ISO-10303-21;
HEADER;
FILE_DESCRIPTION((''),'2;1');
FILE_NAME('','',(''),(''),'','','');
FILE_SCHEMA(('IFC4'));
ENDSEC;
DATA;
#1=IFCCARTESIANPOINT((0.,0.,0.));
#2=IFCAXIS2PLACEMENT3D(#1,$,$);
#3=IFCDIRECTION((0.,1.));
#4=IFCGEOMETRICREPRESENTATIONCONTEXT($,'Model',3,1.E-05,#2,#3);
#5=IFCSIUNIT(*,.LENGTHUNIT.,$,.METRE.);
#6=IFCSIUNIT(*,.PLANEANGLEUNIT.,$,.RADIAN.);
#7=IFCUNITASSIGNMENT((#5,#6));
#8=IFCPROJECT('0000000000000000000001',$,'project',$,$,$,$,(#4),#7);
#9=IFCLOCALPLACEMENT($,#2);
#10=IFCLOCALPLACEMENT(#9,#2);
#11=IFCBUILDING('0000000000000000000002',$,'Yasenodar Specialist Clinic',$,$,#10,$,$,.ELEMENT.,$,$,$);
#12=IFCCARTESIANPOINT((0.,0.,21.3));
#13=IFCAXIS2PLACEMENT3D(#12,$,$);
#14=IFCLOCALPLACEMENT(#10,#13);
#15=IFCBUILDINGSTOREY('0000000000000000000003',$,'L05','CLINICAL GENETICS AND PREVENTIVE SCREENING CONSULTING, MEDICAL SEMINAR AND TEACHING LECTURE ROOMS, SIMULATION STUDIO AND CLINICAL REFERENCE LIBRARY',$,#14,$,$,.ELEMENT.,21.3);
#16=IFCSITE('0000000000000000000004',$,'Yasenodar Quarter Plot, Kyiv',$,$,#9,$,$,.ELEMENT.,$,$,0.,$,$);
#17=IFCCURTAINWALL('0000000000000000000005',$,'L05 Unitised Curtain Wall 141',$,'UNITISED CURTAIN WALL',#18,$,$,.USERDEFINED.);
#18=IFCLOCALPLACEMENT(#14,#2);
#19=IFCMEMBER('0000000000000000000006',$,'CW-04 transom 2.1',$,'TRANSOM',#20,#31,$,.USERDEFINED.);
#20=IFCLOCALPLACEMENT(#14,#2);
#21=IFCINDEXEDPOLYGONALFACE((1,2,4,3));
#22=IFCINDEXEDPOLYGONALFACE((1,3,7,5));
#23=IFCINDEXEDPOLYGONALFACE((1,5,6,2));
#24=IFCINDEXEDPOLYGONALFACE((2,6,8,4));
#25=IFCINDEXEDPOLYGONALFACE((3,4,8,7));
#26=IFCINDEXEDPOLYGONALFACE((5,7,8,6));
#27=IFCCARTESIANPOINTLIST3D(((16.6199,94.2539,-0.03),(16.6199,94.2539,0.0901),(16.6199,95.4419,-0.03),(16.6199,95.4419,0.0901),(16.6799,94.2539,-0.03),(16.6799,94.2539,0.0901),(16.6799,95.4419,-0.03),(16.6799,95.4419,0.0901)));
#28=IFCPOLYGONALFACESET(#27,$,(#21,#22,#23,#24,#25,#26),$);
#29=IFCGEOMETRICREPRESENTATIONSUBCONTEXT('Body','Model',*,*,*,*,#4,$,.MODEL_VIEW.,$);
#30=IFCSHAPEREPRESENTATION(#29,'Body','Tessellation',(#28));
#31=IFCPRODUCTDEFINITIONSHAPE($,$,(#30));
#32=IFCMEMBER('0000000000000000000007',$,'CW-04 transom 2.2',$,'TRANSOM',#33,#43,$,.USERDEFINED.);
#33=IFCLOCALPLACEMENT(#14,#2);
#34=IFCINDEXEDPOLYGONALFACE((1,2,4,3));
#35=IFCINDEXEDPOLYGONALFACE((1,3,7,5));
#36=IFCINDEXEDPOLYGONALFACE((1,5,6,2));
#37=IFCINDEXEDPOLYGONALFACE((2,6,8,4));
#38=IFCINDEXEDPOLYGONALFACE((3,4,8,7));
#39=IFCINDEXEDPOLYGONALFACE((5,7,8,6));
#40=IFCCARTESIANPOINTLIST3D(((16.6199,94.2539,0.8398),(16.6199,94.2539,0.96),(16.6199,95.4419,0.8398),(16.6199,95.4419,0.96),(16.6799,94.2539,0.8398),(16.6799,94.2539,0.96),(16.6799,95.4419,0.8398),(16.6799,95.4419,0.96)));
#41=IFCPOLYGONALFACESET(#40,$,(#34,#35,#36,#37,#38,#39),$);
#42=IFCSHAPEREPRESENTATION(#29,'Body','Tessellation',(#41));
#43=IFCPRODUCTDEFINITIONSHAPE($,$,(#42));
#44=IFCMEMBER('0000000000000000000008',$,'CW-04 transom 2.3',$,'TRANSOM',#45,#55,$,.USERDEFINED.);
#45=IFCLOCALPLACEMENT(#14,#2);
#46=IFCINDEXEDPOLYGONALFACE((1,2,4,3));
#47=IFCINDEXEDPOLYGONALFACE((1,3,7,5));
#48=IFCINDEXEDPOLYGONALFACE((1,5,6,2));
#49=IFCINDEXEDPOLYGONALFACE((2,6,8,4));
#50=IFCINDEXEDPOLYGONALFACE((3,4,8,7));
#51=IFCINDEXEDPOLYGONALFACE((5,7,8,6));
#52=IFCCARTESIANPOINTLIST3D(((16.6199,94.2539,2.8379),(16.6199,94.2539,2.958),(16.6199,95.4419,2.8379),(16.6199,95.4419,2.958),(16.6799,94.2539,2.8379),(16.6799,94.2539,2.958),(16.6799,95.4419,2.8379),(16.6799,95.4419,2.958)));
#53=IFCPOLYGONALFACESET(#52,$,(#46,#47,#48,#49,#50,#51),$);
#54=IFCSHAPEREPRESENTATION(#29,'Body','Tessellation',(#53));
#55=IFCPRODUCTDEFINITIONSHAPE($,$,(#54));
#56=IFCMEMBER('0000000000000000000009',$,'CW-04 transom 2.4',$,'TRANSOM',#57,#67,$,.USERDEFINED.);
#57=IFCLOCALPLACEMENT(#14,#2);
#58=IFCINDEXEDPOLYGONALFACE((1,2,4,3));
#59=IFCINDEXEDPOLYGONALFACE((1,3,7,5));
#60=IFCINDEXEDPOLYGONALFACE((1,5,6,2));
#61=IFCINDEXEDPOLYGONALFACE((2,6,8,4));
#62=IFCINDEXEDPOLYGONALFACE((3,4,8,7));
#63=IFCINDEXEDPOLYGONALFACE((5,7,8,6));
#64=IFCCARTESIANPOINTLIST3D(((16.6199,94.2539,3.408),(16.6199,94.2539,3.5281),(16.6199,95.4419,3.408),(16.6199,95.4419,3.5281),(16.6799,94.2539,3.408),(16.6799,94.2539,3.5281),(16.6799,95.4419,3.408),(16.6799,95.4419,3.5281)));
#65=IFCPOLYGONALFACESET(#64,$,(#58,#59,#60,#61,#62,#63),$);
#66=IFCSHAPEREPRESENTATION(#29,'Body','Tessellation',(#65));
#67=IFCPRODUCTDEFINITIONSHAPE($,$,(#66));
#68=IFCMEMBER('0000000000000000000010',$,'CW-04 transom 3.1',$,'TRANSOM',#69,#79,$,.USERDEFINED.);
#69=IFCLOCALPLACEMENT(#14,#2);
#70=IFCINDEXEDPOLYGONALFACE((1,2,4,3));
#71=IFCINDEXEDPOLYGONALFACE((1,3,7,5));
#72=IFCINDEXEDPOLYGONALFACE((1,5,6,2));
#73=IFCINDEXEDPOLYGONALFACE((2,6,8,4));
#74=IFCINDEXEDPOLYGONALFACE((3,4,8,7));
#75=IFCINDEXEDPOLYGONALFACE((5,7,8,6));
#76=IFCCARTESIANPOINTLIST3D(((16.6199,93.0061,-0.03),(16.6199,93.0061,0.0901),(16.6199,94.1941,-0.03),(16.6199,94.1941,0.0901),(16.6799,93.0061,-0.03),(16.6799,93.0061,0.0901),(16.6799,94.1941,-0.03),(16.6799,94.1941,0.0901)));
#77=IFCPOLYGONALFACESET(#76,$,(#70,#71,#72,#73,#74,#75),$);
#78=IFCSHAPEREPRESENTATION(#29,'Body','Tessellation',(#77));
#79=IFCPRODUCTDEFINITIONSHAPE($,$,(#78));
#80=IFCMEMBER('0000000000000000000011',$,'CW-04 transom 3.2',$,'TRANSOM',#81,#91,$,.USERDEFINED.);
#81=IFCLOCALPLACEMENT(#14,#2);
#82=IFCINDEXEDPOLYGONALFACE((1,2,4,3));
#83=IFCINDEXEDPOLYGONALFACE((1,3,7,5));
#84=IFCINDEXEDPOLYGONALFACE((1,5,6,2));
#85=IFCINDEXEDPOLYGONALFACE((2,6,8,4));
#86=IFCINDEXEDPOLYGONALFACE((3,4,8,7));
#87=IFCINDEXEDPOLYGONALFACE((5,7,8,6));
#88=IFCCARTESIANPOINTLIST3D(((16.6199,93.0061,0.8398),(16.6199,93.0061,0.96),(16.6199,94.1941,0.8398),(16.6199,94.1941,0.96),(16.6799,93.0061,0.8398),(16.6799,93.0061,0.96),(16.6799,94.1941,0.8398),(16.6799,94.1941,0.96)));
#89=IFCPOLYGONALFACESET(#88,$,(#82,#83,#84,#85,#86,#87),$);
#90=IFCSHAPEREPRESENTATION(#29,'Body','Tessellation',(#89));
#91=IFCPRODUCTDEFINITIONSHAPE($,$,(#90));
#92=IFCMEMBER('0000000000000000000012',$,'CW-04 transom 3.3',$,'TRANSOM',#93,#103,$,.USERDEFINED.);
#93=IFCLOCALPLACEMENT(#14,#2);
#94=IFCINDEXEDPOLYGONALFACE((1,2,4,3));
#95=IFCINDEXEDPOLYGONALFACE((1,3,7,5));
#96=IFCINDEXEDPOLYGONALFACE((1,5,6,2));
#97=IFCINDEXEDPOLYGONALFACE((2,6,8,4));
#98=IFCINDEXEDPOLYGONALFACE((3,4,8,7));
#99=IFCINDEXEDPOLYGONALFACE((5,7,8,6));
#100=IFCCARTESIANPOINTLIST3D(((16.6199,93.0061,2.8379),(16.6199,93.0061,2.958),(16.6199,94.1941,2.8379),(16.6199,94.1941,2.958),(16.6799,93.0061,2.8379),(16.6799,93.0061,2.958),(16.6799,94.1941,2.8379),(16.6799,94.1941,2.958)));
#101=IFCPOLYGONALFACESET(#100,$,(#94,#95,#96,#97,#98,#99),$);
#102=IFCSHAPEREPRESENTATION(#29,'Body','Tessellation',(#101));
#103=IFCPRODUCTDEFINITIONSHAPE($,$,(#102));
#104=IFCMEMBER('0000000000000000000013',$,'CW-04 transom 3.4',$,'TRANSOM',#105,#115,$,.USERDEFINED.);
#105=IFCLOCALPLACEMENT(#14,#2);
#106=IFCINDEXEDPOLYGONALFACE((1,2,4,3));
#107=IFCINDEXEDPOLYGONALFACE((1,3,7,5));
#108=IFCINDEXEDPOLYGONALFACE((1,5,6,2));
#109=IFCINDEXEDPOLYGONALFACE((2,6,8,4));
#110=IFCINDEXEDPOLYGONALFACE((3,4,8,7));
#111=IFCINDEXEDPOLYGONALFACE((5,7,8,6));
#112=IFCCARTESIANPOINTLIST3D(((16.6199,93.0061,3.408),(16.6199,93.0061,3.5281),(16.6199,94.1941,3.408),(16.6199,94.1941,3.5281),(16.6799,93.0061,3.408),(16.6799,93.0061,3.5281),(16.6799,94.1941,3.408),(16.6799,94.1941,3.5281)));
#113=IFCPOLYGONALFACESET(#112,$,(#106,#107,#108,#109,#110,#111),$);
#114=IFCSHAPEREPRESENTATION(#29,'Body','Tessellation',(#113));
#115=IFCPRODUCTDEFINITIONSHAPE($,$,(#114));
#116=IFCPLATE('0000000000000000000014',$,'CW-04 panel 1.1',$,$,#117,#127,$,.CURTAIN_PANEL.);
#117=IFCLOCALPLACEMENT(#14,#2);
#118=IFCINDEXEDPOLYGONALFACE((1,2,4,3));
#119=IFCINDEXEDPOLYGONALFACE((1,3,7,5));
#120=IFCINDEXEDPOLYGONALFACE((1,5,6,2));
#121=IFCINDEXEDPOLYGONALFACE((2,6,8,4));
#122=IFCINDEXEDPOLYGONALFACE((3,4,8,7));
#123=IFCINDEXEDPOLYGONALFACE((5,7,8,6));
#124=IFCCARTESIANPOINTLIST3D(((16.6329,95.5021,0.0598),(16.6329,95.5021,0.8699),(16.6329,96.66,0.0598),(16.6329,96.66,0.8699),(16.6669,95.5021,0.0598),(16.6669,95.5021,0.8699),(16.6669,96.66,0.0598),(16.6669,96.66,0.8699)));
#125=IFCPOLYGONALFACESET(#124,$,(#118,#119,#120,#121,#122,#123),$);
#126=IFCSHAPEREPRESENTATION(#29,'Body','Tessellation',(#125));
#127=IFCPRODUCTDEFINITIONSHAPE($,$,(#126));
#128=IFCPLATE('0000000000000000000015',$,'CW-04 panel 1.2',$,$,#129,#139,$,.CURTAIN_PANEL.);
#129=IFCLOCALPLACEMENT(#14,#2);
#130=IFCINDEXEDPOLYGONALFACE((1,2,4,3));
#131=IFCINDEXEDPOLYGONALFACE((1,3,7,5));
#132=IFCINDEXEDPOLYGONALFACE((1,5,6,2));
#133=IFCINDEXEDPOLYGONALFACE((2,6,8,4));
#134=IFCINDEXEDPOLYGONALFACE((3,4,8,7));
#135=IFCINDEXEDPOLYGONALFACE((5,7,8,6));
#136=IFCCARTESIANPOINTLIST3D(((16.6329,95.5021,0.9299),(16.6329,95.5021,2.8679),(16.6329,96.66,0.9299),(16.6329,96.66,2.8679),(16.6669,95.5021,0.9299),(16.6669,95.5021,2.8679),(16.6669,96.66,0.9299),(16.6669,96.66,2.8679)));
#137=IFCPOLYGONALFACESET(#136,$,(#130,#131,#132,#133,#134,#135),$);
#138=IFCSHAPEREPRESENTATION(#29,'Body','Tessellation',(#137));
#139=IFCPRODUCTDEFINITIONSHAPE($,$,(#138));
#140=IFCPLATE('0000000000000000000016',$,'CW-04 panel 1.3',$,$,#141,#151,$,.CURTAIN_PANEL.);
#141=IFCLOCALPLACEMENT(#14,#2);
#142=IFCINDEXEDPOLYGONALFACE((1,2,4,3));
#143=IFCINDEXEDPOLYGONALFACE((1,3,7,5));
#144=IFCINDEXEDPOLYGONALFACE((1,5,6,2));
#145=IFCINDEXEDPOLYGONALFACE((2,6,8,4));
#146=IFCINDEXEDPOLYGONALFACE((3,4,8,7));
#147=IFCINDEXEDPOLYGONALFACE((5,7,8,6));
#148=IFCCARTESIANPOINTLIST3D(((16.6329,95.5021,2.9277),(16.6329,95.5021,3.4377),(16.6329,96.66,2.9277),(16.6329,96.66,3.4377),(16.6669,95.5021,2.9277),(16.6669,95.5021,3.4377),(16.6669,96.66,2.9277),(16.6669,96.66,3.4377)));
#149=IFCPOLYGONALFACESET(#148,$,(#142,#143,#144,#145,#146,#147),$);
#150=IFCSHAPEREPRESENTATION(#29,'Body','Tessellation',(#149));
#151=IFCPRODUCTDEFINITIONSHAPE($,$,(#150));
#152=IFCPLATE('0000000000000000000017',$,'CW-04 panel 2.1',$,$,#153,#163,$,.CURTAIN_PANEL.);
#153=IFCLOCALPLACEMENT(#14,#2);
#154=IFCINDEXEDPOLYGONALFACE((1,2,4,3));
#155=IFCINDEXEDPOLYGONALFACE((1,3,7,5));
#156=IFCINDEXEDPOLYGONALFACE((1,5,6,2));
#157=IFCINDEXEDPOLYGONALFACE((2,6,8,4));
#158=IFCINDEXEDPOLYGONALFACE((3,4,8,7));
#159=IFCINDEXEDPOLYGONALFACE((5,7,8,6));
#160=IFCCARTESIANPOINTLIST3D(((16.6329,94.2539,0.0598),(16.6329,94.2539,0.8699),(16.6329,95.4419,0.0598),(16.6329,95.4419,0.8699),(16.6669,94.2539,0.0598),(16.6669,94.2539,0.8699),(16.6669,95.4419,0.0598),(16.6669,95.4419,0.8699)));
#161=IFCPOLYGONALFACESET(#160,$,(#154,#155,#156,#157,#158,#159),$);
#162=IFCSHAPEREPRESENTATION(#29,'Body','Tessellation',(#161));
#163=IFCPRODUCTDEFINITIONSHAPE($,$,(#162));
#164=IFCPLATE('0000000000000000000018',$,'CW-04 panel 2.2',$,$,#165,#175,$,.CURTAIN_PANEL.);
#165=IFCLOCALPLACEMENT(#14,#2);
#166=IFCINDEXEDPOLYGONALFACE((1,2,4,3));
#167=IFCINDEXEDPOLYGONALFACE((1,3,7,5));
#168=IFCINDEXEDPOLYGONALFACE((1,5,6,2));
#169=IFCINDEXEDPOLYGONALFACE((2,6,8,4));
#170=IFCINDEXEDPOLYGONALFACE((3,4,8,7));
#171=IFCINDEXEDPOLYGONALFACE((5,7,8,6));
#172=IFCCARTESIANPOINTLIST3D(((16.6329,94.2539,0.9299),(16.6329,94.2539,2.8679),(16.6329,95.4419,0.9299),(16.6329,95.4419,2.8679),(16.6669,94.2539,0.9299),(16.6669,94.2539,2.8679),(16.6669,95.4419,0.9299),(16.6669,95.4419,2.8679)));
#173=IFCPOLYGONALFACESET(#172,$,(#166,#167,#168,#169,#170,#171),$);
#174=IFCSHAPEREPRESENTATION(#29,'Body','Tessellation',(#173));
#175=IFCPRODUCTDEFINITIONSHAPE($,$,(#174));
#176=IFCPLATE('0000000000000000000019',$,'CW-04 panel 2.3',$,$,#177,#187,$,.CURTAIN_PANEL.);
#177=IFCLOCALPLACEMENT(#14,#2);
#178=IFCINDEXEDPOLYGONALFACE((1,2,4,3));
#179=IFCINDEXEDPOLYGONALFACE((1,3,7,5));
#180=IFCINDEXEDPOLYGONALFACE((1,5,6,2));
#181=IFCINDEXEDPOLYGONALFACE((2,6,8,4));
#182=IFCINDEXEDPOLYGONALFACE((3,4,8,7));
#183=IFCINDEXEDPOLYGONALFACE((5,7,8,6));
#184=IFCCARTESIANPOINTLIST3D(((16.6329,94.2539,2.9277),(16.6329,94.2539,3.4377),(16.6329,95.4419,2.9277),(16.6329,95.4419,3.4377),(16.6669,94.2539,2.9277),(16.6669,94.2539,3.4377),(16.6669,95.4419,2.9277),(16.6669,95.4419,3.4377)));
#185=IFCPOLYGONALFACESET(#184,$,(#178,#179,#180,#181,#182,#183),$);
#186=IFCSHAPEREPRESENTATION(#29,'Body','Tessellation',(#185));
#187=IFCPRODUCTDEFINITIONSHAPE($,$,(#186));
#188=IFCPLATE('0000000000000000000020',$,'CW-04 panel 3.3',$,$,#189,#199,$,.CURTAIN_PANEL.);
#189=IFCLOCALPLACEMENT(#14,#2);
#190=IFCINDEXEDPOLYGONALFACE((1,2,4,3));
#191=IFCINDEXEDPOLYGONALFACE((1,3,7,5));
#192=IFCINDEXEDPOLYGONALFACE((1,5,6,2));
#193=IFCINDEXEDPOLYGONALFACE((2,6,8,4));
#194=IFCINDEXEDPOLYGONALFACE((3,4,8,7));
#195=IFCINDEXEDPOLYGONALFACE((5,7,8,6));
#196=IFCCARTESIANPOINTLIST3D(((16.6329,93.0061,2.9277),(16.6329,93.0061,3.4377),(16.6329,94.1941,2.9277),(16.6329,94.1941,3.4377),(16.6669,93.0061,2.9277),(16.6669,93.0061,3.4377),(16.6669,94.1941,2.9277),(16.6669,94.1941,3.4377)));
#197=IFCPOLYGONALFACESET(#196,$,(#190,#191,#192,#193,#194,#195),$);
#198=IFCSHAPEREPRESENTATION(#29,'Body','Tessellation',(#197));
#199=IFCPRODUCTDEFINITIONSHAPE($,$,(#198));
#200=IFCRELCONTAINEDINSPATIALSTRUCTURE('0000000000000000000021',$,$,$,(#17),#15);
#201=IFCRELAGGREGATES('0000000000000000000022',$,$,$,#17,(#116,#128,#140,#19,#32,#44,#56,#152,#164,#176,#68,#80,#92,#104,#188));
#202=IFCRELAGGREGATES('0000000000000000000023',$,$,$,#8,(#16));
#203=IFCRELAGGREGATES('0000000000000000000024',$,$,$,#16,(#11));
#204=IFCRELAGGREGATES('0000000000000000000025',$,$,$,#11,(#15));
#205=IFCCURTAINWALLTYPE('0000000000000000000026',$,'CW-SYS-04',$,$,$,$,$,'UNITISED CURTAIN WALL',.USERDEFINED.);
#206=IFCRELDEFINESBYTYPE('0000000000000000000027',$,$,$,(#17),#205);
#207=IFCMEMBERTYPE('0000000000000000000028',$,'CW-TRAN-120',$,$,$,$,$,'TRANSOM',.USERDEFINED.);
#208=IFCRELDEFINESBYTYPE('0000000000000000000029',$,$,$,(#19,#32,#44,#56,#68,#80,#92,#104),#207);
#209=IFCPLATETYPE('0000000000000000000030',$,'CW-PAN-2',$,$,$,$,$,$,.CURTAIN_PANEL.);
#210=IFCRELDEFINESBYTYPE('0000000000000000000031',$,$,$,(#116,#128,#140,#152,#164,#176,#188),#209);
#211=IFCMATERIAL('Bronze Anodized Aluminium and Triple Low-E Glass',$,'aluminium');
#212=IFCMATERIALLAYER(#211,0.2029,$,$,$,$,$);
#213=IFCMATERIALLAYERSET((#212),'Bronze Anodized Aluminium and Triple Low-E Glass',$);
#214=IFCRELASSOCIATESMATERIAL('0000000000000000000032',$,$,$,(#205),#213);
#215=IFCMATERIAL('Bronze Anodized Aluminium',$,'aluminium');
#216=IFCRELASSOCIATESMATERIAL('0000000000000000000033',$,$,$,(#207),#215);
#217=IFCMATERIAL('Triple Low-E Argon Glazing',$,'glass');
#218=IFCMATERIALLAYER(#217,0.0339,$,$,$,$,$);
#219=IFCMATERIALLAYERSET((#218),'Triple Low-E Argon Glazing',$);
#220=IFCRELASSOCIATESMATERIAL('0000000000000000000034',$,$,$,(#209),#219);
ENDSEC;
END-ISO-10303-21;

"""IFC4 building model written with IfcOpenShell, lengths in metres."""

from ifc_helpers import new_model, si_unit, direction, frame, origin, origin_2d, place, context, subcontext, project, spatial, rectangle, extrude, material, layer, layer_set, material_profile, profile_set, type_object, element, aggregate, save


model = new_model("IFC4")

# Units and contexts
model_context = context("Model", 3, precision=1e-05, world=origin(), true_north=direction((0.0, 1.0)))
body_context = subcontext(model_context, "Body", "Model", "MODEL_VIEW")
ifc_project = project(units=[si_unit("LENGTHUNIT", "METRE"), si_unit("PLANEANGLEUNIT", "RADIAN")], contexts=[model_context])

# Site, building, storey
site_placement = place(None, origin())
site = spatial("IfcSite", under=ifc_project, at=site_placement, Name="Yasenodar Quarter Plot, Kyiv", CompositionType="ELEMENT", RefElevation=0.0)
building_placement = place(site_placement, origin())
building = spatial("IfcBuilding", under=site, at=building_placement, Name="Yasenodar Specialist Clinic", CompositionType="ELEMENT")
storey_placement = place(building_placement, frame((0.0, 0.0, 21.3)))
storey = spatial("IfcBuildingStorey", under=building, at=storey_placement, Name="L05", Description="CLINICAL GENETICS AND PREVENTIVE SCREENING CONSULTING, MEDICAL SEMINAR AND TEACHING LECTURE ROOMS, SIMULATION STUDIO AND CLINICAL REFERENCE LIBRARY", CompositionType="ELEMENT", Elevation=21.3)

# Curtain wall, members, plates
ifc_material_1 = material(Name="Bronze Anodized Aluminium and Triple Low-E Glass", Category="aluminium")
ifc_layer_1 = layer(ifc_material_1, 0.2029)
ifc_layer_set_1 = layer_set([ifc_layer_1], Name="Bronze Anodized Aluminium and Triple Low-E Glass")
curtain_wall_type = type_object("IfcCurtainWallType", Name="CW-SYS-04", ElementType="UNITISED CURTAIN WALL", PredefinedType="USERDEFINED", material=ifc_layer_set_1)
curtain_wall_placement = place(storey_placement, origin())
curtain_wall = element("IfcCurtainWall", 1, at=curtain_wall_placement, inside=storey, type_object=curtain_wall_type, Name="L05 Unitised Curtain Wall 141", ObjectType="UNITISED CURTAIN WALL", PredefinedType="USERDEFINED")
ifc_material_2 = material(Name="Bronze Anodized Aluminium", Category="aluminium")
ifc_material_profile_1 = material_profile(ifc_material_2, rectangle(XDim=0.0601, YDim=0.1201, at=origin_2d()), Name="CW-TRAN 60x120")
ifc_profile_set_1 = profile_set([ifc_material_profile_1], Name="Bronze Anodized Aluminium")
member_type_1 = type_object("IfcMemberType", Name="CW-TRAN-120", ElementType="TRANSOM", PredefinedType="USERDEFINED", material=ifc_profile_set_1)
member_1_placement = place(storey_placement, frame((16.6499, 95.4419, 0.03), z_axis=(0.0, -1.0, 0.0), x_axis=(1.0, 0.0, 0.0)))
member_1 = element("IfcMember", 2, at=member_1_placement, type_object=member_type_1, Name="CW-04 transom 2.1", ObjectType="TRANSOM", PredefinedType="USERDEFINED", context=body_context, shape_type="SweptSolid", body=[
    extrude(rectangle(XDim=0.0601, YDim=0.1201, at=origin_2d()), origin(), (0.0, 0.0, 1.0), 1.188),
])
member_2_placement = place(storey_placement, frame((16.6499, 95.4419, 0.8999), z_axis=(0.0, -1.0, 0.0), x_axis=(1.0, 0.0, 0.0)))
member_2 = element("IfcMember", 3, at=member_2_placement, type_object=member_type_1, Name="CW-04 transom 2.2", ObjectType="TRANSOM", PredefinedType="USERDEFINED", context=body_context, shape_type="SweptSolid", body=[
    extrude(rectangle(XDim=0.0601, YDim=0.1201, at=origin_2d()), origin(), (0.0, 0.0, 1.0), 1.188),
])
member_3_placement = place(storey_placement, frame((16.6499, 95.4419, 2.8979), z_axis=(0.0, -1.0, 0.0), x_axis=(1.0, 0.0, 0.0)))
member_3 = element("IfcMember", 4, at=member_3_placement, type_object=member_type_1, Name="CW-04 transom 2.3", ObjectType="TRANSOM", PredefinedType="USERDEFINED", context=body_context, shape_type="SweptSolid", body=[
    extrude(rectangle(XDim=0.0601, YDim=0.1201, at=origin_2d()), origin(), (0.0, 0.0, 1.0), 1.188),
])
member_4_placement = place(storey_placement, frame((16.6499, 95.4419, 3.468), z_axis=(0.0, -1.0, 0.0), x_axis=(1.0, 0.0, 0.0)))
member_4 = element("IfcMember", 5, at=member_4_placement, type_object=member_type_1, Name="CW-04 transom 2.4", ObjectType="TRANSOM", PredefinedType="USERDEFINED", context=body_context, shape_type="SweptSolid", body=[
    extrude(rectangle(XDim=0.0601, YDim=0.1201, at=origin_2d()), origin(), (0.0, 0.0, 1.0), 1.188),
])
member_5_placement = place(storey_placement, frame((16.6499, 94.1941, 0.03), z_axis=(0.0, -1.0, 0.0), x_axis=(1.0, 0.0, 0.0)))
member_5 = element("IfcMember", 6, at=member_5_placement, type_object=member_type_1, Name="CW-04 transom 3.1", ObjectType="TRANSOM", PredefinedType="USERDEFINED", context=body_context, shape_type="SweptSolid", body=[
    extrude(rectangle(XDim=0.0601, YDim=0.1201, at=origin_2d()), origin(), (0.0, 0.0, 1.0), 1.188),
])
member_6_placement = place(storey_placement, frame((16.6499, 94.1941, 0.8999), z_axis=(0.0, -1.0, 0.0), x_axis=(1.0, 0.0, 0.0)))
member_6 = element("IfcMember", 7, at=member_6_placement, type_object=member_type_1, Name="CW-04 transom 3.2", ObjectType="TRANSOM", PredefinedType="USERDEFINED", context=body_context, shape_type="SweptSolid", body=[
    extrude(rectangle(XDim=0.0601, YDim=0.1201, at=origin_2d()), origin(), (0.0, 0.0, 1.0), 1.188),
])
member_7_placement = place(storey_placement, frame((16.6499, 94.1941, 2.8979), z_axis=(0.0, -1.0, 0.0), x_axis=(1.0, 0.0, 0.0)))
member_7 = element("IfcMember", 8, at=member_7_placement, type_object=member_type_1, Name="CW-04 transom 3.3", ObjectType="TRANSOM", PredefinedType="USERDEFINED", context=body_context, shape_type="SweptSolid", body=[
    extrude(rectangle(XDim=0.0601, YDim=0.1201, at=origin_2d()), origin(), (0.0, 0.0, 1.0), 1.188),
])
member_8_placement = place(storey_placement, frame((16.6499, 94.1941, 3.468), z_axis=(0.0, -1.0, 0.0), x_axis=(1.0, 0.0, 0.0)))
member_8 = element("IfcMember", 9, at=member_8_placement, type_object=member_type_1, Name="CW-04 transom 3.4", ObjectType="TRANSOM", PredefinedType="USERDEFINED", context=body_context, shape_type="SweptSolid", body=[
    extrude(rectangle(XDim=0.0601, YDim=0.1201, at=origin_2d()), origin(), (0.0, 0.0, 1.0), 1.188),
])
ifc_material_3 = material(Name="Triple Low-E Argon Glazing", Category="glass")
ifc_layer_2 = layer(ifc_material_3, 0.0339)
ifc_layer_set_2 = layer_set([ifc_layer_2], Name="Triple Low-E Argon Glazing")
plate_type = type_object("IfcPlateType", Name="CW-PAN-2", PredefinedType="CURTAIN_PANEL", material=ifc_layer_set_2)
plate_1_placement = place(storey_placement, frame((16.6499, 96.0811, 0.0598), z_axis=(0.0, 0.0, 1.0), x_axis=(0.0, -1.0, 0.0)))
plate_1 = element("IfcPlate", 10, at=plate_1_placement, type_object=plate_type, Name="CW-04 panel 1.1", PredefinedType="CURTAIN_PANEL", context=body_context, shape_type="SweptSolid", body=[
    extrude(rectangle(XDim=1.158, YDim=0.0339, at=origin_2d()), origin(), (0.0, 0.0, 1.0), 0.8101),
])
plate_2_placement = place(storey_placement, frame((16.6499, 96.0811, 0.9299), z_axis=(0.0, 0.0, 1.0), x_axis=(0.0, -1.0, 0.0)))
plate_2 = element("IfcPlate", 11, at=plate_2_placement, type_object=plate_type, Name="CW-04 panel 1.2", PredefinedType="CURTAIN_PANEL", context=body_context, shape_type="SweptSolid", body=[
    extrude(rectangle(XDim=1.158, YDim=0.0339, at=origin_2d()), origin(), (0.0, 0.0, 1.0), 1.938),
])
plate_3_placement = place(storey_placement, frame((16.6499, 96.0811, 2.9277), z_axis=(0.0, 0.0, 1.0), x_axis=(0.0, -1.0, 0.0)))
plate_3 = element("IfcPlate", 12, at=plate_3_placement, type_object=plate_type, Name="CW-04 panel 1.3", PredefinedType="CURTAIN_PANEL", context=body_context, shape_type="SweptSolid", body=[
    extrude(rectangle(XDim=1.158, YDim=0.0339, at=origin_2d()), origin(), (0.0, 0.0, 1.0), 0.51),
])
plate_4_placement = place(storey_placement, frame((16.6499, 94.8479, 0.0598), z_axis=(0.0, 0.0, 1.0), x_axis=(0.0, -1.0, 0.0)))
plate_4 = element("IfcPlate", 13, at=plate_4_placement, type_object=plate_type, Name="CW-04 panel 2.1", PredefinedType="CURTAIN_PANEL", context=body_context, shape_type="SweptSolid", body=[
    extrude(rectangle(XDim=1.188, YDim=0.0339, at=origin_2d()), origin(), (0.0, 0.0, 1.0), 0.8101),
])
plate_5_placement = place(storey_placement, frame((16.6499, 94.8479, 0.9299), z_axis=(0.0, 0.0, 1.0), x_axis=(0.0, -1.0, 0.0)))
plate_5 = element("IfcPlate", 14, at=plate_5_placement, type_object=plate_type, Name="CW-04 panel 2.2", PredefinedType="CURTAIN_PANEL", context=body_context, shape_type="SweptSolid", body=[
    extrude(rectangle(XDim=1.188, YDim=0.0339, at=origin_2d()), origin(), (0.0, 0.0, 1.0), 1.938),
])
plate_6_placement = place(storey_placement, frame((16.6499, 94.8479, 2.9277), z_axis=(0.0, 0.0, 1.0), x_axis=(0.0, -1.0, 0.0)))
plate_6 = element("IfcPlate", 15, at=plate_6_placement, type_object=plate_type, Name="CW-04 panel 2.3", PredefinedType="CURTAIN_PANEL", context=body_context, shape_type="SweptSolid", body=[
    extrude(rectangle(XDim=1.188, YDim=0.0339, at=origin_2d()), origin(), (0.0, 0.0, 1.0), 0.51),
])
plate_7_placement = place(storey_placement, frame((16.6499, 93.6001, 2.9277), z_axis=(0.0, 0.0, 1.0), x_axis=(0.0, -1.0, 0.0)))
plate_7 = element("IfcPlate", 16, at=plate_7_placement, type_object=plate_type, Name="CW-04 panel 3.3", PredefinedType="CURTAIN_PANEL", context=body_context, shape_type="SweptSolid", body=[
    extrude(rectangle(XDim=1.188, YDim=0.0339, at=origin_2d()), origin(), (0.0, 0.0, 1.0), 0.51),
])
aggregate(curtain_wall, [plate_1, plate_2, plate_3, member_1, member_2, member_3, member_4, plate_4, plate_5, plate_6, member_5, member_6, member_7, member_8, plate_7])

save(model, "model.ifc")
